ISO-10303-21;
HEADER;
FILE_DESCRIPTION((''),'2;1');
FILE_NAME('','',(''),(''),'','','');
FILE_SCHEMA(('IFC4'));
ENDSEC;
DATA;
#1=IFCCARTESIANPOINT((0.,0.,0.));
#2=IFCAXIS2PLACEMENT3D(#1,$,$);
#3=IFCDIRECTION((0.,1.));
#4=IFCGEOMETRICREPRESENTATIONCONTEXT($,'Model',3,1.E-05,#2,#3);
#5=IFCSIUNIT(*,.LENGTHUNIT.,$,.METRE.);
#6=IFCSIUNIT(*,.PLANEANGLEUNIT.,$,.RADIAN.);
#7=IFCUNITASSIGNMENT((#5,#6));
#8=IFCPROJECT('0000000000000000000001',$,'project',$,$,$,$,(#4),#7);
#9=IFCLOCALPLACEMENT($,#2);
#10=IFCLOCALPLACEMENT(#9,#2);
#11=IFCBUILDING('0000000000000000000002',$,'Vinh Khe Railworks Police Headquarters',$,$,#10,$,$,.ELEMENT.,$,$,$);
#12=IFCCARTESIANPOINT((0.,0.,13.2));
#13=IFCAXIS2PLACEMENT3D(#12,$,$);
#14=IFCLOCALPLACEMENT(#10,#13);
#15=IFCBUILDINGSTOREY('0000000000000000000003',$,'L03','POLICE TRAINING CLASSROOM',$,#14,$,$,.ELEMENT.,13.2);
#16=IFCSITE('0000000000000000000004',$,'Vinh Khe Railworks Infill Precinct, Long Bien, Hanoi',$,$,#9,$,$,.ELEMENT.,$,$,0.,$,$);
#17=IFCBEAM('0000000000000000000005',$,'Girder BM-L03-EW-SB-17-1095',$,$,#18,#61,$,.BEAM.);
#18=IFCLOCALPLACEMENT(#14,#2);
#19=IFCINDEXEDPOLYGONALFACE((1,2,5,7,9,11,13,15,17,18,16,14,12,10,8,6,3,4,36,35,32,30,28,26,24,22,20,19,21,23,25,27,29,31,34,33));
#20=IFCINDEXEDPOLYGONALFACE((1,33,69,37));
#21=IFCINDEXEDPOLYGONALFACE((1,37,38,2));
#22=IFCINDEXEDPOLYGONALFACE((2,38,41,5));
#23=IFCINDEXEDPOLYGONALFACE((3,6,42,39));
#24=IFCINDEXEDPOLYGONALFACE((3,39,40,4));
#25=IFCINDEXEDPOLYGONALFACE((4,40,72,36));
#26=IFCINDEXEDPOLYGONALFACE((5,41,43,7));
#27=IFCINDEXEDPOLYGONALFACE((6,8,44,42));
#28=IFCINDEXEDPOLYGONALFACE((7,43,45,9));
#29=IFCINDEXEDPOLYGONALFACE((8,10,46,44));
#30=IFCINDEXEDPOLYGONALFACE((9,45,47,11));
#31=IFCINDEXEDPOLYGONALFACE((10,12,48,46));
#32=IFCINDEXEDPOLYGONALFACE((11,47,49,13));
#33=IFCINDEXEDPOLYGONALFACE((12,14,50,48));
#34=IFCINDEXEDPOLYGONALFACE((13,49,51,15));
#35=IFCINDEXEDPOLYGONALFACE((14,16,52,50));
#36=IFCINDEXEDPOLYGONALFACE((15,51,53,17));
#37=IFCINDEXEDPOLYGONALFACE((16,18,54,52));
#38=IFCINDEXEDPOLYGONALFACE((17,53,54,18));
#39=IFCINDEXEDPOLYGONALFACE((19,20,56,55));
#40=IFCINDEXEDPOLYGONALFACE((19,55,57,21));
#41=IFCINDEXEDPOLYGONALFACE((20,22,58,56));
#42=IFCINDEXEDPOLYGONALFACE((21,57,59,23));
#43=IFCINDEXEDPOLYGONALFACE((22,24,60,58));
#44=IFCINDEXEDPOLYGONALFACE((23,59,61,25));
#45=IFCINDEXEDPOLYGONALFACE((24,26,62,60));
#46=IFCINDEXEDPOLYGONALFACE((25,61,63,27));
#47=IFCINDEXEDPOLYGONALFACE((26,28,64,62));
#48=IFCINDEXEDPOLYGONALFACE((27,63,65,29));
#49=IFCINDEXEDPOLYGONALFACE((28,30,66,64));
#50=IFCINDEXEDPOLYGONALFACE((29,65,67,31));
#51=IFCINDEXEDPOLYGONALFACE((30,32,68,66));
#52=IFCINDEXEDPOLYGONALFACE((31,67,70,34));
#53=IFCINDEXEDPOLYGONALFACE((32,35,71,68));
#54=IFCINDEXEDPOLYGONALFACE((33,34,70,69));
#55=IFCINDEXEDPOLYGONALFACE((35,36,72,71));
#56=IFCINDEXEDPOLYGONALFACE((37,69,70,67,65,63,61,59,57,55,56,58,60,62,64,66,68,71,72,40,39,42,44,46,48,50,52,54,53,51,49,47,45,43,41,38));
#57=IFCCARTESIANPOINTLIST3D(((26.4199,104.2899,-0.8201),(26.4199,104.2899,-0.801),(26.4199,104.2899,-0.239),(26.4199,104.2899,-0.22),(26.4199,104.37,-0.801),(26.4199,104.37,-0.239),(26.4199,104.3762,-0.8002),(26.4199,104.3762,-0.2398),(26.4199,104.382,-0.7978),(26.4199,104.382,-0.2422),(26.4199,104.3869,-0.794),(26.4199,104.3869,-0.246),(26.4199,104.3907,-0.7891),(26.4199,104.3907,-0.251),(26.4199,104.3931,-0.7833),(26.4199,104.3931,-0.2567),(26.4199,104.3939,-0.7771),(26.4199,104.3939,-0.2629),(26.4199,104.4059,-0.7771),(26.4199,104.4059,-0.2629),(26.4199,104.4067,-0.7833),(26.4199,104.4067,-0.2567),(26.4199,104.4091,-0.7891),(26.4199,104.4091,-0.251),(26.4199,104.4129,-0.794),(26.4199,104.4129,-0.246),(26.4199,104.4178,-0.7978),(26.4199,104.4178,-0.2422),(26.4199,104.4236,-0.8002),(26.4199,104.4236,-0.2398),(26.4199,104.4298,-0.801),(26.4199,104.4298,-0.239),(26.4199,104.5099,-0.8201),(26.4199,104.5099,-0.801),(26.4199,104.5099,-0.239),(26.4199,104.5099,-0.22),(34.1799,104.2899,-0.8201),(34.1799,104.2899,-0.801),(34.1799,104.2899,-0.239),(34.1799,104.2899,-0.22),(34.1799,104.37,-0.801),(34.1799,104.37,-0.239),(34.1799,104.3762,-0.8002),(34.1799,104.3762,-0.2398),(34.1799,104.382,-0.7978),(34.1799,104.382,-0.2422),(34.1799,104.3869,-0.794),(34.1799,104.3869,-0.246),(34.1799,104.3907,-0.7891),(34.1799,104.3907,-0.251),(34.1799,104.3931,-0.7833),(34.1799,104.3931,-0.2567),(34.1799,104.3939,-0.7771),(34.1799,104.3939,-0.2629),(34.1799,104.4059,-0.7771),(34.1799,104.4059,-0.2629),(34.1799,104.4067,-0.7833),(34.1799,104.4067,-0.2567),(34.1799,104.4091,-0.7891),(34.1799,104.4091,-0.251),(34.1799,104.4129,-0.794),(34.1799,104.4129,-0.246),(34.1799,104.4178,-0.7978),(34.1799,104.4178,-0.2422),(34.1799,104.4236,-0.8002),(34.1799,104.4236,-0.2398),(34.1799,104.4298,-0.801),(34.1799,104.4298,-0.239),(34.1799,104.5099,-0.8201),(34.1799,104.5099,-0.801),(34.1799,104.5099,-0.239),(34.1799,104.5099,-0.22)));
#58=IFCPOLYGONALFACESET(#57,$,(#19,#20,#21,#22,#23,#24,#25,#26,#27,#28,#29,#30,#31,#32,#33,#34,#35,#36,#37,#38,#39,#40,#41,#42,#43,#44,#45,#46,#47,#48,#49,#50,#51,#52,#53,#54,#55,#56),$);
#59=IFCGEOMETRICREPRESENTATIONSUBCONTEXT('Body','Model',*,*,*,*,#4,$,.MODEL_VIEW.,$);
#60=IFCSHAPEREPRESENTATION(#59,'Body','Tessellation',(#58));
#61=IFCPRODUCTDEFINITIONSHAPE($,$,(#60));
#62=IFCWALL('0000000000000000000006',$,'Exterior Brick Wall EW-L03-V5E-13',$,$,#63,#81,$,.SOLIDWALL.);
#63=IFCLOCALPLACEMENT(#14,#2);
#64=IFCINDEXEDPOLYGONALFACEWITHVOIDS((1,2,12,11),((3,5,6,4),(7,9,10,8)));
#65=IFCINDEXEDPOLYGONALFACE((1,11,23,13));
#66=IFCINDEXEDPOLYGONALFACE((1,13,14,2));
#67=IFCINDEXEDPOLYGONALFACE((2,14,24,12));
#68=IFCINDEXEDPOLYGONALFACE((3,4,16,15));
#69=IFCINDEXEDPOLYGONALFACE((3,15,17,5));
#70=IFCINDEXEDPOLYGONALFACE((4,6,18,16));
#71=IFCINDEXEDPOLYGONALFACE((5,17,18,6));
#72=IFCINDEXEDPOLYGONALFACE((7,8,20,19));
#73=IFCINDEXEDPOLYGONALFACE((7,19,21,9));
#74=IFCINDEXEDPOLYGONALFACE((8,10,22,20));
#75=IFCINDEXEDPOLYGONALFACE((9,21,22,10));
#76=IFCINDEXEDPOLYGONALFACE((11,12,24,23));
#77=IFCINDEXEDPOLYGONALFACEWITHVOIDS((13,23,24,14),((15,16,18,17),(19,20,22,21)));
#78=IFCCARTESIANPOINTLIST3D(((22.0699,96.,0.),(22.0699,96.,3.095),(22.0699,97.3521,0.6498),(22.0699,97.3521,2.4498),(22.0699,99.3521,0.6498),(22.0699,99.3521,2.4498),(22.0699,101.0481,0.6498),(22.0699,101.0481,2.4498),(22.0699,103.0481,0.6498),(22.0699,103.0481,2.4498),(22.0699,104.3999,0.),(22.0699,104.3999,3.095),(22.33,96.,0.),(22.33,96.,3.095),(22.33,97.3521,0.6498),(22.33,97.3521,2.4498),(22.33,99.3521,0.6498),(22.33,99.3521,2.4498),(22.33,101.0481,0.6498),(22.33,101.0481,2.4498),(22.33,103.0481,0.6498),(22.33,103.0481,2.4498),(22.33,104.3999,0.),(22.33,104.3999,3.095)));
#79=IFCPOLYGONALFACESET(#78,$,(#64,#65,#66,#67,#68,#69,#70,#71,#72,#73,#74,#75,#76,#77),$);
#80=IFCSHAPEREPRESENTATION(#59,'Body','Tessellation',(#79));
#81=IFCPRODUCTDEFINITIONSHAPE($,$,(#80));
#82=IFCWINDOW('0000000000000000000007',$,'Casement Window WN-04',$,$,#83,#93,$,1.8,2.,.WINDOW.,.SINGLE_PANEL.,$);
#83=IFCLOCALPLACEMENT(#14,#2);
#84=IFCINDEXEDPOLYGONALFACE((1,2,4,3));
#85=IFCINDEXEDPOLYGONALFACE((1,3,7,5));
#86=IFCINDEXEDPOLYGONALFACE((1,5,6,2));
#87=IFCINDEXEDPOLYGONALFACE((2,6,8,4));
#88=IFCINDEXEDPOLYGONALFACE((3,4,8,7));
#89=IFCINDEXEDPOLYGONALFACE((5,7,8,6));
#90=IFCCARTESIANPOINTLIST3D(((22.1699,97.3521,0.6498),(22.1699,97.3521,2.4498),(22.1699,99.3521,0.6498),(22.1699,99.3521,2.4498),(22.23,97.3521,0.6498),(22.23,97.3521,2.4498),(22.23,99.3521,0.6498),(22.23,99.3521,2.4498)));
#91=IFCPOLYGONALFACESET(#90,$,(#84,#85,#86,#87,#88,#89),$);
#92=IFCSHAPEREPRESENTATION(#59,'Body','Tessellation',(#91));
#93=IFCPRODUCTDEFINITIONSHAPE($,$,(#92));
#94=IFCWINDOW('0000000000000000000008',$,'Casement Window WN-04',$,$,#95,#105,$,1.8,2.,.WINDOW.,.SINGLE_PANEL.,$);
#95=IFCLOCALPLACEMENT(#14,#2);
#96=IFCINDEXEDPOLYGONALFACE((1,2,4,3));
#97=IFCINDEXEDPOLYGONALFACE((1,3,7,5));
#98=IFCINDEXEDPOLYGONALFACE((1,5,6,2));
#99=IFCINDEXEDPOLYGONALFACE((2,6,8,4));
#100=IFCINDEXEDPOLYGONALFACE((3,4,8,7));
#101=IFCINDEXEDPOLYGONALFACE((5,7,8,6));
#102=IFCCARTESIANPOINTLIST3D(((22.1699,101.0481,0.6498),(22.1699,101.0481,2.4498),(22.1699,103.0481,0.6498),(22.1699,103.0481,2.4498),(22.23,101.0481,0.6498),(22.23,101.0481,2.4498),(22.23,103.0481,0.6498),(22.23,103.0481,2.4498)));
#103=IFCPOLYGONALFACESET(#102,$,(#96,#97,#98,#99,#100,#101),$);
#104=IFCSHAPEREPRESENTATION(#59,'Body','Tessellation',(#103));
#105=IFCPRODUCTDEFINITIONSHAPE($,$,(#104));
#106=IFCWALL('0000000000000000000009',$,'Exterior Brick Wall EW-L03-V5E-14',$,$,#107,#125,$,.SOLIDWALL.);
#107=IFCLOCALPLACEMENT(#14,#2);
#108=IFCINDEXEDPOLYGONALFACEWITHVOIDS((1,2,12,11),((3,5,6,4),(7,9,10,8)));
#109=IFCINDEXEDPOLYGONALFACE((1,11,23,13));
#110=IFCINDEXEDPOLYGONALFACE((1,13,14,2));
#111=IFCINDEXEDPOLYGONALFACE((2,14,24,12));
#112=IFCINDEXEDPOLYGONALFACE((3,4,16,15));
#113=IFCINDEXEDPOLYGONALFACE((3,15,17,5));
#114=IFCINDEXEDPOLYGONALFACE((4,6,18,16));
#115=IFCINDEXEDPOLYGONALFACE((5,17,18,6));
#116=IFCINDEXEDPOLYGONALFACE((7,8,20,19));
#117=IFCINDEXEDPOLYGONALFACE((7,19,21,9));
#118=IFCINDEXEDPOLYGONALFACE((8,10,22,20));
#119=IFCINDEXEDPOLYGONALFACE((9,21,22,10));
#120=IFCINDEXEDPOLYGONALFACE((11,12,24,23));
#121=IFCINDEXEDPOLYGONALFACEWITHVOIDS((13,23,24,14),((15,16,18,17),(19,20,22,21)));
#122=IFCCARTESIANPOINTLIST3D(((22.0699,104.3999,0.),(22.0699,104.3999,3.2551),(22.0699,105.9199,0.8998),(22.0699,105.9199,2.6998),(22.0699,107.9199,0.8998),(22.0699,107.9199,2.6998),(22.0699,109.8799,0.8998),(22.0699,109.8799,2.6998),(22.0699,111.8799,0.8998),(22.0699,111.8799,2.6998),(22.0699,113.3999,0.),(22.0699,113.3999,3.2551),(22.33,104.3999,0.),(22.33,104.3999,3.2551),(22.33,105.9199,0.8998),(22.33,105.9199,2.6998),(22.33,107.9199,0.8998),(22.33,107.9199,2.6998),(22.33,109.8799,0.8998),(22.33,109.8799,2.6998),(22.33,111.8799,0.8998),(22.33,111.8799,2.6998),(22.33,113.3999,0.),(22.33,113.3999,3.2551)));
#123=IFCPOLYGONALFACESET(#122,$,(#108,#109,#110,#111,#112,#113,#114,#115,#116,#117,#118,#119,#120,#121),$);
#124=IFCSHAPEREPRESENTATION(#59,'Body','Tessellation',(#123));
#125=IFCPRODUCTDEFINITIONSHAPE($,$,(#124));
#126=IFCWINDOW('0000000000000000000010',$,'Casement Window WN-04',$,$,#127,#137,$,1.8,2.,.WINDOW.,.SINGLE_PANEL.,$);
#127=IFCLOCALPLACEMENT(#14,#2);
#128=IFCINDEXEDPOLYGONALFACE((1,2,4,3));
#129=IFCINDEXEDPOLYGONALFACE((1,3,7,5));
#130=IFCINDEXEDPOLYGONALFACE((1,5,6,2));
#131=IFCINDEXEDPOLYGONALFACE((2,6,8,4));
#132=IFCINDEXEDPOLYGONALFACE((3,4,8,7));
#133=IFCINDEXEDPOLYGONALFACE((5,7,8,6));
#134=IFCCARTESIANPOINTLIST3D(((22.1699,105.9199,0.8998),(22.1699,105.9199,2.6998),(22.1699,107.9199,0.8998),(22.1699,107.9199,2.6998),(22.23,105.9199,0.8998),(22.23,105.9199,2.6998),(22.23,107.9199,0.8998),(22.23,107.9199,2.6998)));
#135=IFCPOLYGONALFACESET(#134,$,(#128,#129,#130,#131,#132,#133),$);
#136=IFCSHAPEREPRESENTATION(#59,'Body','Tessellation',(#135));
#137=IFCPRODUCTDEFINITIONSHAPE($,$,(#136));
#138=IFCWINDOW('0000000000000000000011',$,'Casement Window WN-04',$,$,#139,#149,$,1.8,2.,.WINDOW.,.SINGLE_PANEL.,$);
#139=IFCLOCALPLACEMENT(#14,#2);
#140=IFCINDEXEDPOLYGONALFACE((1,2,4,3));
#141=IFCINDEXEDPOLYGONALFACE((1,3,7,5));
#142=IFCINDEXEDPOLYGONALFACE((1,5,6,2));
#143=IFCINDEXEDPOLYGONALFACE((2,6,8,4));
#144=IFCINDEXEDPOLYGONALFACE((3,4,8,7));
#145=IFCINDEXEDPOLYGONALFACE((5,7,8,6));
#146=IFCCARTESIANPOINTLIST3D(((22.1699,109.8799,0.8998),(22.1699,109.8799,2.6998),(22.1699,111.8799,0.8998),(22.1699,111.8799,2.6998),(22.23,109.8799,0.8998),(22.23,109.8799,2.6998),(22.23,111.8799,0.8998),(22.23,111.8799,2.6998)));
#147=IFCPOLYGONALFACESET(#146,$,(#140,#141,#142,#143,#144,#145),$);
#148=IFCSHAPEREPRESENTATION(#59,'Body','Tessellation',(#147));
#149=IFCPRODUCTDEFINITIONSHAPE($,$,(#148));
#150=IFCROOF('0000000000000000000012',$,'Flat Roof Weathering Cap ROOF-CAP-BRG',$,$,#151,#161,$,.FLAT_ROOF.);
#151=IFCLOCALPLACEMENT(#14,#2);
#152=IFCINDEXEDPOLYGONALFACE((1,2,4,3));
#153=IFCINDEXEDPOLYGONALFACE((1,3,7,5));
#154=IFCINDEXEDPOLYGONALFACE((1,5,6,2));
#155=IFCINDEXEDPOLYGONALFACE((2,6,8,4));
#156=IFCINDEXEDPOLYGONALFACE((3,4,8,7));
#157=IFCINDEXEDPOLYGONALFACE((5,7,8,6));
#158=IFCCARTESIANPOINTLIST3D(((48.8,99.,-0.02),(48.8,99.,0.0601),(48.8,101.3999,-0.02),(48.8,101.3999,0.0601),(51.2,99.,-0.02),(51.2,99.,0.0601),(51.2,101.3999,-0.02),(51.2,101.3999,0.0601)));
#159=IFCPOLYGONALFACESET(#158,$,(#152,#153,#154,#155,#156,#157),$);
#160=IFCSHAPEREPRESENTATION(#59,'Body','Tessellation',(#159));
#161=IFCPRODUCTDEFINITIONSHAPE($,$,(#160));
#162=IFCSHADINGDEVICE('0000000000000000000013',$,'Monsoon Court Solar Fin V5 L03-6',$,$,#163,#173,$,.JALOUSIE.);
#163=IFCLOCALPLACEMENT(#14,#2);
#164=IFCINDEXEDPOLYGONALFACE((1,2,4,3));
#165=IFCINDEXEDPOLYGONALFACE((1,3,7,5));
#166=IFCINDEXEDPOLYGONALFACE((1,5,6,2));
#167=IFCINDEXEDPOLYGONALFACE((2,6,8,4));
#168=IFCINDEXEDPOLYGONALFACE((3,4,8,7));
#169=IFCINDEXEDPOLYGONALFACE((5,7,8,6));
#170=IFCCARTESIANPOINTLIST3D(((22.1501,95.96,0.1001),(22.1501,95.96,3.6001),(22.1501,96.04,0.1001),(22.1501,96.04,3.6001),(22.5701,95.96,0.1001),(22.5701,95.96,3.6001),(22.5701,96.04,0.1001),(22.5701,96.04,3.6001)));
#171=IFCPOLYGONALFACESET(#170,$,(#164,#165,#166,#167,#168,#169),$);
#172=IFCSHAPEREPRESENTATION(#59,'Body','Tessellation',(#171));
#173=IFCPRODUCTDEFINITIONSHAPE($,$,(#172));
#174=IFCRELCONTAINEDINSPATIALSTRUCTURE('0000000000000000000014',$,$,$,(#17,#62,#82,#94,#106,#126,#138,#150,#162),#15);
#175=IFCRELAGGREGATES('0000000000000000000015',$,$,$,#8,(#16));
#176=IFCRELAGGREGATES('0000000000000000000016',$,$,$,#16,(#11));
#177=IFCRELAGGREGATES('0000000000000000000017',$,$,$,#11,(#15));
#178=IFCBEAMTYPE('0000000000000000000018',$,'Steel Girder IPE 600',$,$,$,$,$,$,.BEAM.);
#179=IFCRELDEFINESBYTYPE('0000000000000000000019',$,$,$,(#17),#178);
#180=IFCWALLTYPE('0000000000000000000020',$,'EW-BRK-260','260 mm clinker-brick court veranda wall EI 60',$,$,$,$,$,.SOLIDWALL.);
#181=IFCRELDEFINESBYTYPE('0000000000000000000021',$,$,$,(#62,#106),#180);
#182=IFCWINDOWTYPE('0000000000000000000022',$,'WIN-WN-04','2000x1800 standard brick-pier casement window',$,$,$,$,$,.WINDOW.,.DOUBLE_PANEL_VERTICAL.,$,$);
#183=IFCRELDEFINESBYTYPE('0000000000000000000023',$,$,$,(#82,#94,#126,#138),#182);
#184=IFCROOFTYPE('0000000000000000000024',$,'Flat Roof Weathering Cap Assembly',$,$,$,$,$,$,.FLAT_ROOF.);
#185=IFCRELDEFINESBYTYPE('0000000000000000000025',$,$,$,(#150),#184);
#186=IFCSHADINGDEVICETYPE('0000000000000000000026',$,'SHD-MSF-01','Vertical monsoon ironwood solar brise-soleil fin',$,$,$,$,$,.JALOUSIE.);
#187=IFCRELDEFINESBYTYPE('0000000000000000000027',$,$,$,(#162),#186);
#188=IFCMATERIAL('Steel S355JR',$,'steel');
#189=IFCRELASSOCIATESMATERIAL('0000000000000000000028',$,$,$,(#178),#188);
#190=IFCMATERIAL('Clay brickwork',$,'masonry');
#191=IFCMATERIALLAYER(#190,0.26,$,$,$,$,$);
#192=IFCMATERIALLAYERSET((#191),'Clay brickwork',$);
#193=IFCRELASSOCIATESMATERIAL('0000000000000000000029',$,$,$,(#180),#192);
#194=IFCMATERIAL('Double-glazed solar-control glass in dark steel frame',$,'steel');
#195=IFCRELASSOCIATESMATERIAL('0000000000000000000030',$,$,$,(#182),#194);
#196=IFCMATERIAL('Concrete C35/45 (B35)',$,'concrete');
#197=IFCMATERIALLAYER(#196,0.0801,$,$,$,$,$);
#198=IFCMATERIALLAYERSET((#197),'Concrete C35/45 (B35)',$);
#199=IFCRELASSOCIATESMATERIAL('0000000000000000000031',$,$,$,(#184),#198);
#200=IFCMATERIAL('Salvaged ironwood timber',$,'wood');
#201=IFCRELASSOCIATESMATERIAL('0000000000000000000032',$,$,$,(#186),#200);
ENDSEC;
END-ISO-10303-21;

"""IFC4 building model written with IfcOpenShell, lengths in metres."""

from ifc_helpers import new_model, si_unit, direction, frame, frame_2d, origin, origin_2d, place, context, subcontext, project, spatial, rectangle, i_section, extrude, material, layer, layer_set, material_profile, profile_set, type_object, element, fill, save


model = new_model("IFC4")

# Units and contexts
model_context = context("Model", 3, precision=1e-05, world=origin(), true_north=direction((0.0, 1.0)))
body_context = subcontext(model_context, "Body", "Model", "MODEL_VIEW")
ifc_project = project(units=[si_unit("LENGTHUNIT", "METRE"), si_unit("PLANEANGLEUNIT", "RADIAN")], contexts=[model_context])

# Site, building, storey
site_placement = place(None, origin())
site = spatial("IfcSite", under=ifc_project, at=site_placement, Name="Vinh Khe Railworks Infill Precinct, Long Bien, Hanoi", CompositionType="ELEMENT", RefElevation=0.0)
building_placement = place(site_placement, origin())
building = spatial("IfcBuilding", under=site, at=building_placement, Name="Vinh Khe Railworks Police Headquarters", CompositionType="ELEMENT")
storey_placement = place(building_placement, frame((0.0, 0.0, 13.2)))
storey = spatial("IfcBuildingStorey", under=building, at=storey_placement, Name="L03", Description="POLICE TRAINING CLASSROOM", CompositionType="ELEMENT", Elevation=13.2)

# Shared definitions
ifc_material_1 = material(Name="Steel S355JR", Category="steel")

# Beam
ifc_material_profile_1 = material_profile(ifc_material_1, i_section(OverallWidth=0.22, OverallDepth=0.6001, WebThickness=0.012, FlangeThickness=0.019, FilletRadius=0.0239, at=origin_2d()), Name="IPE 600")
ifc_profile_set_1 = profile_set([ifc_material_profile_1], Name="Steel S355JR")
beam_type_1 = type_object("IfcBeamType", Name="Steel Girder IPE 600", PredefinedType="BEAM", material=ifc_profile_set_1)
beam_1_placement = place(storey_placement, frame((26.4199, 104.3999, -0.52), z_axis=(1.0, 0.0, 0.0), x_axis=(0.0, 1.0, 0.0)))
element("IfcBeam", 1, at=beam_1_placement, inside=storey, type_object=beam_type_1, Name="Girder BM-L03-EW-SB-17-1095", PredefinedType="BEAM", context=body_context, shape_type="SweptSolid", body=[
    extrude(i_section(OverallWidth=0.22, OverallDepth=0.6001, WebThickness=0.012, FlangeThickness=0.019, FilletRadius=0.0239, at=origin_2d()), origin(), (0.0, 0.0, 1.0), 7.76),
])

# Walls, openings, windows
ifc_material_2 = material(Name="Clay brickwork", Category="masonry")
ifc_layer_1 = layer(ifc_material_2, 0.26)
ifc_layer_set_1 = layer_set([ifc_layer_1], Name="Clay brickwork")
wall_type = type_object("IfcWallType", Name="EW-BRK-260", Description="260 mm clinker-brick court veranda wall EI 60", PredefinedType="SOLIDWALL", material=ifc_layer_set_1)
wall_1_placement = place(storey_placement, frame((22.2, 96.0, 0.0), z_axis=(0.0, 0.0, 1.0), x_axis=(0.0, 1.0, 0.0)))
wall_1 = element("IfcWall", 2, at=wall_1_placement, inside=storey, type_object=wall_type, Name="Exterior Brick Wall EW-L03-V5E-13", PredefinedType="SOLIDWALL", context=body_context, shape_type="SweptSolid", body=[
    extrude(rectangle(XDim=8.3999, YDim=0.26, at=frame_2d((4.2, 0.0))), origin(), (0.0, 0.0, 1.0), 3.095),
])
opening_1_placement = place(wall_1_placement, frame((1.3521, 0.0, 0.6499)))
opening_1 = element("IfcOpeningElement", 3, at=opening_1_placement, cuts=wall_1, PredefinedType="OPENING", context=body_context, shape_type="SweptSolid", body=[
    extrude(rectangle(XDim=2.0, YDim=1.8, at=frame_2d((1.0, 0.8999))), frame((0.0, 0.145, 0.0), z_axis=(0.0, -1.0, 0.0), x_axis=(1.0, 0.0, 0.0)), (0.0, 0.0, 1.0), 0.2898),
])
opening_2_placement = place(wall_1_placement, frame((5.0481, 0.0, 0.6499)))
opening_2 = element("IfcOpeningElement", 4, at=opening_2_placement, cuts=wall_1, PredefinedType="OPENING", context=body_context, shape_type="SweptSolid", body=[
    extrude(rectangle(XDim=2.0, YDim=1.8, at=frame_2d((1.0, 0.8999))), frame((0.0, 0.145, 0.0), z_axis=(0.0, -1.0, 0.0), x_axis=(1.0, 0.0, 0.0)), (0.0, 0.0, 1.0), 0.2898),
])
ifc_material_3 = material(Name="Double-glazed solar-control glass in dark steel frame", Category="steel")
window_type = type_object("IfcWindowType", Name="WIN-WN-04", Description="2000x1800 standard brick-pier casement window", PartitioningType="DOUBLE_PANEL_VERTICAL", PredefinedType="WINDOW", material=ifc_material_3)
window_1_placement = place(opening_1_placement, origin())
window_1 = element("IfcWindow", 5, at=window_1_placement, inside=storey, type_object=window_type, Name="Casement Window WN-04", OverallHeight=1.8, OverallWidth=2.0, PartitioningType="SINGLE_PANEL", PredefinedType="WINDOW", context=body_context, shape_type="SweptSolid", body=[
    extrude(rectangle(XDim=2.0, YDim=1.8, at=frame_2d((1.0, 0.8999))), frame((0.0, 0.03, 0.0), z_axis=(0.0, -1.0, 0.0), x_axis=(1.0, 0.0, 0.0)), (0.0, 0.0, 1.0), 0.0601),
])
fill(opening_1, window_1)
window_2_placement = place(opening_2_placement, origin())
window_2 = element("IfcWindow", 6, at=window_2_placement, inside=storey, type_object=window_type, Name="Casement Window WN-04", OverallHeight=1.8, OverallWidth=2.0, PartitioningType="SINGLE_PANEL", PredefinedType="WINDOW", context=body_context, shape_type="SweptSolid", body=[
    extrude(rectangle(XDim=2.0, YDim=1.8, at=frame_2d((1.0, 0.8999))), frame((0.0, 0.03, 0.0), z_axis=(0.0, -1.0, 0.0), x_axis=(1.0, 0.0, 0.0)), (0.0, 0.0, 1.0), 0.0601),
])
fill(opening_2, window_2)
wall_2_placement = place(storey_placement, frame((22.2, 104.3999, 0.0), z_axis=(0.0, 0.0, 1.0), x_axis=(0.0, 1.0, 0.0)))
wall_2 = element("IfcWall", 7, at=wall_2_placement, inside=storey, type_object=wall_type, Name="Exterior Brick Wall EW-L03-V5E-14", PredefinedType="SOLIDWALL", context=body_context, shape_type="SweptSolid", body=[
    extrude(rectangle(XDim=9.0, YDim=0.26, at=frame_2d((4.5, 0.0))), origin(), (0.0, 0.0, 1.0), 3.2551),
])
opening_3_placement = place(wall_2_placement, frame((1.52, 0.0, 0.8999)))
opening_3 = element("IfcOpeningElement", 8, at=opening_3_placement, cuts=wall_2, PredefinedType="OPENING", context=body_context, shape_type="SweptSolid", body=[
    extrude(rectangle(XDim=2.0, YDim=1.8, at=frame_2d((1.0, 0.8999))), frame((0.0, 0.145, 0.0), z_axis=(0.0, -1.0, 0.0), x_axis=(1.0, 0.0, 0.0)), (0.0, 0.0, 1.0), 0.2898),
])
opening_4_placement = place(wall_2_placement, frame((5.48, 0.0, 0.8999)))
opening_4 = element("IfcOpeningElement", 9, at=opening_4_placement, cuts=wall_2, PredefinedType="OPENING", context=body_context, shape_type="SweptSolid", body=[
    extrude(rectangle(XDim=2.0, YDim=1.8, at=frame_2d((1.0, 0.8999))), frame((0.0, 0.145, 0.0), z_axis=(0.0, -1.0, 0.0), x_axis=(1.0, 0.0, 0.0)), (0.0, 0.0, 1.0), 0.2898),
])
window_3_placement = place(opening_3_placement, origin())
window_3 = element("IfcWindow", 10, at=window_3_placement, inside=storey, type_object=window_type, Name="Casement Window WN-04", OverallHeight=1.8, OverallWidth=2.0, PartitioningType="SINGLE_PANEL", PredefinedType="WINDOW", context=body_context, shape_type="SweptSolid", body=[
    extrude(rectangle(XDim=2.0, YDim=1.8, at=frame_2d((1.0, 0.8999))), frame((0.0, 0.03, 0.0), z_axis=(0.0, -1.0, 0.0), x_axis=(1.0, 0.0, 0.0)), (0.0, 0.0, 1.0), 0.0601),
])
fill(opening_3, window_3)
window_4_placement = place(opening_4_placement, origin())
window_4 = element("IfcWindow", 11, at=window_4_placement, inside=storey, type_object=window_type, Name="Casement Window WN-04", OverallHeight=1.8, OverallWidth=2.0, PartitioningType="SINGLE_PANEL", PredefinedType="WINDOW", context=body_context, shape_type="SweptSolid", body=[
    extrude(rectangle(XDim=2.0, YDim=1.8, at=frame_2d((1.0, 0.8999))), frame((0.0, 0.03, 0.0), z_axis=(0.0, -1.0, 0.0), x_axis=(1.0, 0.0, 0.0)), (0.0, 0.0, 1.0), 0.0601),
])
fill(opening_4, window_4)

# Roof
ifc_material_4 = material(Name="Concrete C35/45 (B35)", Category="concrete")
ifc_layer_2 = layer(ifc_material_4, 0.0801)
ifc_layer_set_2 = layer_set([ifc_layer_2], Name="Concrete C35/45 (B35)")
roof_type = type_object("IfcRoofType", Name="Flat Roof Weathering Cap Assembly", PredefinedType="FLAT_ROOF", material=ifc_layer_set_2)
roof_placement = place(storey_placement, frame((50.0, 100.2, -0.02), z_axis=(0.0, 0.0, 1.0), x_axis=(1.0, 0.0, 0.0)))
element("IfcRoof", 12, at=roof_placement, inside=storey, type_object=roof_type, Name="Flat Roof Weathering Cap ROOF-CAP-BRG", PredefinedType="FLAT_ROOF", context=body_context, shape_type="SweptSolid", body=[
    extrude(rectangle(XDim=2.3999, YDim=2.3999, at=origin_2d()), origin(), (0.0, 0.0, 1.0), 0.0801),
])

# Shading device
ifc_material_5 = material(Name="Salvaged ironwood timber", Category="wood")
shading_device_type = type_object("IfcShadingDeviceType", Name="SHD-MSF-01", Description="Vertical monsoon ironwood solar brise-soleil fin", PredefinedType="JALOUSIE", material=ifc_material_5)
shading_device_placement = place(storey_placement, frame((22.3601, 96.0, 0.1001), z_axis=(0.0, 0.0, 1.0), x_axis=(1.0, 0.0, 0.0)))
element("IfcShadingDevice", 13, at=shading_device_placement, inside=storey, type_object=shading_device_type, Name="Monsoon Court Solar Fin V5 L03-6", PredefinedType="JALOUSIE", context=body_context, shape_type="SweptSolid", body=[
    extrude(rectangle(XDim=0.4199, YDim=0.0801, at=origin_2d()), origin(), (0.0, 0.0, 1.0), 3.5),
])

save(model, "model.ifc")
